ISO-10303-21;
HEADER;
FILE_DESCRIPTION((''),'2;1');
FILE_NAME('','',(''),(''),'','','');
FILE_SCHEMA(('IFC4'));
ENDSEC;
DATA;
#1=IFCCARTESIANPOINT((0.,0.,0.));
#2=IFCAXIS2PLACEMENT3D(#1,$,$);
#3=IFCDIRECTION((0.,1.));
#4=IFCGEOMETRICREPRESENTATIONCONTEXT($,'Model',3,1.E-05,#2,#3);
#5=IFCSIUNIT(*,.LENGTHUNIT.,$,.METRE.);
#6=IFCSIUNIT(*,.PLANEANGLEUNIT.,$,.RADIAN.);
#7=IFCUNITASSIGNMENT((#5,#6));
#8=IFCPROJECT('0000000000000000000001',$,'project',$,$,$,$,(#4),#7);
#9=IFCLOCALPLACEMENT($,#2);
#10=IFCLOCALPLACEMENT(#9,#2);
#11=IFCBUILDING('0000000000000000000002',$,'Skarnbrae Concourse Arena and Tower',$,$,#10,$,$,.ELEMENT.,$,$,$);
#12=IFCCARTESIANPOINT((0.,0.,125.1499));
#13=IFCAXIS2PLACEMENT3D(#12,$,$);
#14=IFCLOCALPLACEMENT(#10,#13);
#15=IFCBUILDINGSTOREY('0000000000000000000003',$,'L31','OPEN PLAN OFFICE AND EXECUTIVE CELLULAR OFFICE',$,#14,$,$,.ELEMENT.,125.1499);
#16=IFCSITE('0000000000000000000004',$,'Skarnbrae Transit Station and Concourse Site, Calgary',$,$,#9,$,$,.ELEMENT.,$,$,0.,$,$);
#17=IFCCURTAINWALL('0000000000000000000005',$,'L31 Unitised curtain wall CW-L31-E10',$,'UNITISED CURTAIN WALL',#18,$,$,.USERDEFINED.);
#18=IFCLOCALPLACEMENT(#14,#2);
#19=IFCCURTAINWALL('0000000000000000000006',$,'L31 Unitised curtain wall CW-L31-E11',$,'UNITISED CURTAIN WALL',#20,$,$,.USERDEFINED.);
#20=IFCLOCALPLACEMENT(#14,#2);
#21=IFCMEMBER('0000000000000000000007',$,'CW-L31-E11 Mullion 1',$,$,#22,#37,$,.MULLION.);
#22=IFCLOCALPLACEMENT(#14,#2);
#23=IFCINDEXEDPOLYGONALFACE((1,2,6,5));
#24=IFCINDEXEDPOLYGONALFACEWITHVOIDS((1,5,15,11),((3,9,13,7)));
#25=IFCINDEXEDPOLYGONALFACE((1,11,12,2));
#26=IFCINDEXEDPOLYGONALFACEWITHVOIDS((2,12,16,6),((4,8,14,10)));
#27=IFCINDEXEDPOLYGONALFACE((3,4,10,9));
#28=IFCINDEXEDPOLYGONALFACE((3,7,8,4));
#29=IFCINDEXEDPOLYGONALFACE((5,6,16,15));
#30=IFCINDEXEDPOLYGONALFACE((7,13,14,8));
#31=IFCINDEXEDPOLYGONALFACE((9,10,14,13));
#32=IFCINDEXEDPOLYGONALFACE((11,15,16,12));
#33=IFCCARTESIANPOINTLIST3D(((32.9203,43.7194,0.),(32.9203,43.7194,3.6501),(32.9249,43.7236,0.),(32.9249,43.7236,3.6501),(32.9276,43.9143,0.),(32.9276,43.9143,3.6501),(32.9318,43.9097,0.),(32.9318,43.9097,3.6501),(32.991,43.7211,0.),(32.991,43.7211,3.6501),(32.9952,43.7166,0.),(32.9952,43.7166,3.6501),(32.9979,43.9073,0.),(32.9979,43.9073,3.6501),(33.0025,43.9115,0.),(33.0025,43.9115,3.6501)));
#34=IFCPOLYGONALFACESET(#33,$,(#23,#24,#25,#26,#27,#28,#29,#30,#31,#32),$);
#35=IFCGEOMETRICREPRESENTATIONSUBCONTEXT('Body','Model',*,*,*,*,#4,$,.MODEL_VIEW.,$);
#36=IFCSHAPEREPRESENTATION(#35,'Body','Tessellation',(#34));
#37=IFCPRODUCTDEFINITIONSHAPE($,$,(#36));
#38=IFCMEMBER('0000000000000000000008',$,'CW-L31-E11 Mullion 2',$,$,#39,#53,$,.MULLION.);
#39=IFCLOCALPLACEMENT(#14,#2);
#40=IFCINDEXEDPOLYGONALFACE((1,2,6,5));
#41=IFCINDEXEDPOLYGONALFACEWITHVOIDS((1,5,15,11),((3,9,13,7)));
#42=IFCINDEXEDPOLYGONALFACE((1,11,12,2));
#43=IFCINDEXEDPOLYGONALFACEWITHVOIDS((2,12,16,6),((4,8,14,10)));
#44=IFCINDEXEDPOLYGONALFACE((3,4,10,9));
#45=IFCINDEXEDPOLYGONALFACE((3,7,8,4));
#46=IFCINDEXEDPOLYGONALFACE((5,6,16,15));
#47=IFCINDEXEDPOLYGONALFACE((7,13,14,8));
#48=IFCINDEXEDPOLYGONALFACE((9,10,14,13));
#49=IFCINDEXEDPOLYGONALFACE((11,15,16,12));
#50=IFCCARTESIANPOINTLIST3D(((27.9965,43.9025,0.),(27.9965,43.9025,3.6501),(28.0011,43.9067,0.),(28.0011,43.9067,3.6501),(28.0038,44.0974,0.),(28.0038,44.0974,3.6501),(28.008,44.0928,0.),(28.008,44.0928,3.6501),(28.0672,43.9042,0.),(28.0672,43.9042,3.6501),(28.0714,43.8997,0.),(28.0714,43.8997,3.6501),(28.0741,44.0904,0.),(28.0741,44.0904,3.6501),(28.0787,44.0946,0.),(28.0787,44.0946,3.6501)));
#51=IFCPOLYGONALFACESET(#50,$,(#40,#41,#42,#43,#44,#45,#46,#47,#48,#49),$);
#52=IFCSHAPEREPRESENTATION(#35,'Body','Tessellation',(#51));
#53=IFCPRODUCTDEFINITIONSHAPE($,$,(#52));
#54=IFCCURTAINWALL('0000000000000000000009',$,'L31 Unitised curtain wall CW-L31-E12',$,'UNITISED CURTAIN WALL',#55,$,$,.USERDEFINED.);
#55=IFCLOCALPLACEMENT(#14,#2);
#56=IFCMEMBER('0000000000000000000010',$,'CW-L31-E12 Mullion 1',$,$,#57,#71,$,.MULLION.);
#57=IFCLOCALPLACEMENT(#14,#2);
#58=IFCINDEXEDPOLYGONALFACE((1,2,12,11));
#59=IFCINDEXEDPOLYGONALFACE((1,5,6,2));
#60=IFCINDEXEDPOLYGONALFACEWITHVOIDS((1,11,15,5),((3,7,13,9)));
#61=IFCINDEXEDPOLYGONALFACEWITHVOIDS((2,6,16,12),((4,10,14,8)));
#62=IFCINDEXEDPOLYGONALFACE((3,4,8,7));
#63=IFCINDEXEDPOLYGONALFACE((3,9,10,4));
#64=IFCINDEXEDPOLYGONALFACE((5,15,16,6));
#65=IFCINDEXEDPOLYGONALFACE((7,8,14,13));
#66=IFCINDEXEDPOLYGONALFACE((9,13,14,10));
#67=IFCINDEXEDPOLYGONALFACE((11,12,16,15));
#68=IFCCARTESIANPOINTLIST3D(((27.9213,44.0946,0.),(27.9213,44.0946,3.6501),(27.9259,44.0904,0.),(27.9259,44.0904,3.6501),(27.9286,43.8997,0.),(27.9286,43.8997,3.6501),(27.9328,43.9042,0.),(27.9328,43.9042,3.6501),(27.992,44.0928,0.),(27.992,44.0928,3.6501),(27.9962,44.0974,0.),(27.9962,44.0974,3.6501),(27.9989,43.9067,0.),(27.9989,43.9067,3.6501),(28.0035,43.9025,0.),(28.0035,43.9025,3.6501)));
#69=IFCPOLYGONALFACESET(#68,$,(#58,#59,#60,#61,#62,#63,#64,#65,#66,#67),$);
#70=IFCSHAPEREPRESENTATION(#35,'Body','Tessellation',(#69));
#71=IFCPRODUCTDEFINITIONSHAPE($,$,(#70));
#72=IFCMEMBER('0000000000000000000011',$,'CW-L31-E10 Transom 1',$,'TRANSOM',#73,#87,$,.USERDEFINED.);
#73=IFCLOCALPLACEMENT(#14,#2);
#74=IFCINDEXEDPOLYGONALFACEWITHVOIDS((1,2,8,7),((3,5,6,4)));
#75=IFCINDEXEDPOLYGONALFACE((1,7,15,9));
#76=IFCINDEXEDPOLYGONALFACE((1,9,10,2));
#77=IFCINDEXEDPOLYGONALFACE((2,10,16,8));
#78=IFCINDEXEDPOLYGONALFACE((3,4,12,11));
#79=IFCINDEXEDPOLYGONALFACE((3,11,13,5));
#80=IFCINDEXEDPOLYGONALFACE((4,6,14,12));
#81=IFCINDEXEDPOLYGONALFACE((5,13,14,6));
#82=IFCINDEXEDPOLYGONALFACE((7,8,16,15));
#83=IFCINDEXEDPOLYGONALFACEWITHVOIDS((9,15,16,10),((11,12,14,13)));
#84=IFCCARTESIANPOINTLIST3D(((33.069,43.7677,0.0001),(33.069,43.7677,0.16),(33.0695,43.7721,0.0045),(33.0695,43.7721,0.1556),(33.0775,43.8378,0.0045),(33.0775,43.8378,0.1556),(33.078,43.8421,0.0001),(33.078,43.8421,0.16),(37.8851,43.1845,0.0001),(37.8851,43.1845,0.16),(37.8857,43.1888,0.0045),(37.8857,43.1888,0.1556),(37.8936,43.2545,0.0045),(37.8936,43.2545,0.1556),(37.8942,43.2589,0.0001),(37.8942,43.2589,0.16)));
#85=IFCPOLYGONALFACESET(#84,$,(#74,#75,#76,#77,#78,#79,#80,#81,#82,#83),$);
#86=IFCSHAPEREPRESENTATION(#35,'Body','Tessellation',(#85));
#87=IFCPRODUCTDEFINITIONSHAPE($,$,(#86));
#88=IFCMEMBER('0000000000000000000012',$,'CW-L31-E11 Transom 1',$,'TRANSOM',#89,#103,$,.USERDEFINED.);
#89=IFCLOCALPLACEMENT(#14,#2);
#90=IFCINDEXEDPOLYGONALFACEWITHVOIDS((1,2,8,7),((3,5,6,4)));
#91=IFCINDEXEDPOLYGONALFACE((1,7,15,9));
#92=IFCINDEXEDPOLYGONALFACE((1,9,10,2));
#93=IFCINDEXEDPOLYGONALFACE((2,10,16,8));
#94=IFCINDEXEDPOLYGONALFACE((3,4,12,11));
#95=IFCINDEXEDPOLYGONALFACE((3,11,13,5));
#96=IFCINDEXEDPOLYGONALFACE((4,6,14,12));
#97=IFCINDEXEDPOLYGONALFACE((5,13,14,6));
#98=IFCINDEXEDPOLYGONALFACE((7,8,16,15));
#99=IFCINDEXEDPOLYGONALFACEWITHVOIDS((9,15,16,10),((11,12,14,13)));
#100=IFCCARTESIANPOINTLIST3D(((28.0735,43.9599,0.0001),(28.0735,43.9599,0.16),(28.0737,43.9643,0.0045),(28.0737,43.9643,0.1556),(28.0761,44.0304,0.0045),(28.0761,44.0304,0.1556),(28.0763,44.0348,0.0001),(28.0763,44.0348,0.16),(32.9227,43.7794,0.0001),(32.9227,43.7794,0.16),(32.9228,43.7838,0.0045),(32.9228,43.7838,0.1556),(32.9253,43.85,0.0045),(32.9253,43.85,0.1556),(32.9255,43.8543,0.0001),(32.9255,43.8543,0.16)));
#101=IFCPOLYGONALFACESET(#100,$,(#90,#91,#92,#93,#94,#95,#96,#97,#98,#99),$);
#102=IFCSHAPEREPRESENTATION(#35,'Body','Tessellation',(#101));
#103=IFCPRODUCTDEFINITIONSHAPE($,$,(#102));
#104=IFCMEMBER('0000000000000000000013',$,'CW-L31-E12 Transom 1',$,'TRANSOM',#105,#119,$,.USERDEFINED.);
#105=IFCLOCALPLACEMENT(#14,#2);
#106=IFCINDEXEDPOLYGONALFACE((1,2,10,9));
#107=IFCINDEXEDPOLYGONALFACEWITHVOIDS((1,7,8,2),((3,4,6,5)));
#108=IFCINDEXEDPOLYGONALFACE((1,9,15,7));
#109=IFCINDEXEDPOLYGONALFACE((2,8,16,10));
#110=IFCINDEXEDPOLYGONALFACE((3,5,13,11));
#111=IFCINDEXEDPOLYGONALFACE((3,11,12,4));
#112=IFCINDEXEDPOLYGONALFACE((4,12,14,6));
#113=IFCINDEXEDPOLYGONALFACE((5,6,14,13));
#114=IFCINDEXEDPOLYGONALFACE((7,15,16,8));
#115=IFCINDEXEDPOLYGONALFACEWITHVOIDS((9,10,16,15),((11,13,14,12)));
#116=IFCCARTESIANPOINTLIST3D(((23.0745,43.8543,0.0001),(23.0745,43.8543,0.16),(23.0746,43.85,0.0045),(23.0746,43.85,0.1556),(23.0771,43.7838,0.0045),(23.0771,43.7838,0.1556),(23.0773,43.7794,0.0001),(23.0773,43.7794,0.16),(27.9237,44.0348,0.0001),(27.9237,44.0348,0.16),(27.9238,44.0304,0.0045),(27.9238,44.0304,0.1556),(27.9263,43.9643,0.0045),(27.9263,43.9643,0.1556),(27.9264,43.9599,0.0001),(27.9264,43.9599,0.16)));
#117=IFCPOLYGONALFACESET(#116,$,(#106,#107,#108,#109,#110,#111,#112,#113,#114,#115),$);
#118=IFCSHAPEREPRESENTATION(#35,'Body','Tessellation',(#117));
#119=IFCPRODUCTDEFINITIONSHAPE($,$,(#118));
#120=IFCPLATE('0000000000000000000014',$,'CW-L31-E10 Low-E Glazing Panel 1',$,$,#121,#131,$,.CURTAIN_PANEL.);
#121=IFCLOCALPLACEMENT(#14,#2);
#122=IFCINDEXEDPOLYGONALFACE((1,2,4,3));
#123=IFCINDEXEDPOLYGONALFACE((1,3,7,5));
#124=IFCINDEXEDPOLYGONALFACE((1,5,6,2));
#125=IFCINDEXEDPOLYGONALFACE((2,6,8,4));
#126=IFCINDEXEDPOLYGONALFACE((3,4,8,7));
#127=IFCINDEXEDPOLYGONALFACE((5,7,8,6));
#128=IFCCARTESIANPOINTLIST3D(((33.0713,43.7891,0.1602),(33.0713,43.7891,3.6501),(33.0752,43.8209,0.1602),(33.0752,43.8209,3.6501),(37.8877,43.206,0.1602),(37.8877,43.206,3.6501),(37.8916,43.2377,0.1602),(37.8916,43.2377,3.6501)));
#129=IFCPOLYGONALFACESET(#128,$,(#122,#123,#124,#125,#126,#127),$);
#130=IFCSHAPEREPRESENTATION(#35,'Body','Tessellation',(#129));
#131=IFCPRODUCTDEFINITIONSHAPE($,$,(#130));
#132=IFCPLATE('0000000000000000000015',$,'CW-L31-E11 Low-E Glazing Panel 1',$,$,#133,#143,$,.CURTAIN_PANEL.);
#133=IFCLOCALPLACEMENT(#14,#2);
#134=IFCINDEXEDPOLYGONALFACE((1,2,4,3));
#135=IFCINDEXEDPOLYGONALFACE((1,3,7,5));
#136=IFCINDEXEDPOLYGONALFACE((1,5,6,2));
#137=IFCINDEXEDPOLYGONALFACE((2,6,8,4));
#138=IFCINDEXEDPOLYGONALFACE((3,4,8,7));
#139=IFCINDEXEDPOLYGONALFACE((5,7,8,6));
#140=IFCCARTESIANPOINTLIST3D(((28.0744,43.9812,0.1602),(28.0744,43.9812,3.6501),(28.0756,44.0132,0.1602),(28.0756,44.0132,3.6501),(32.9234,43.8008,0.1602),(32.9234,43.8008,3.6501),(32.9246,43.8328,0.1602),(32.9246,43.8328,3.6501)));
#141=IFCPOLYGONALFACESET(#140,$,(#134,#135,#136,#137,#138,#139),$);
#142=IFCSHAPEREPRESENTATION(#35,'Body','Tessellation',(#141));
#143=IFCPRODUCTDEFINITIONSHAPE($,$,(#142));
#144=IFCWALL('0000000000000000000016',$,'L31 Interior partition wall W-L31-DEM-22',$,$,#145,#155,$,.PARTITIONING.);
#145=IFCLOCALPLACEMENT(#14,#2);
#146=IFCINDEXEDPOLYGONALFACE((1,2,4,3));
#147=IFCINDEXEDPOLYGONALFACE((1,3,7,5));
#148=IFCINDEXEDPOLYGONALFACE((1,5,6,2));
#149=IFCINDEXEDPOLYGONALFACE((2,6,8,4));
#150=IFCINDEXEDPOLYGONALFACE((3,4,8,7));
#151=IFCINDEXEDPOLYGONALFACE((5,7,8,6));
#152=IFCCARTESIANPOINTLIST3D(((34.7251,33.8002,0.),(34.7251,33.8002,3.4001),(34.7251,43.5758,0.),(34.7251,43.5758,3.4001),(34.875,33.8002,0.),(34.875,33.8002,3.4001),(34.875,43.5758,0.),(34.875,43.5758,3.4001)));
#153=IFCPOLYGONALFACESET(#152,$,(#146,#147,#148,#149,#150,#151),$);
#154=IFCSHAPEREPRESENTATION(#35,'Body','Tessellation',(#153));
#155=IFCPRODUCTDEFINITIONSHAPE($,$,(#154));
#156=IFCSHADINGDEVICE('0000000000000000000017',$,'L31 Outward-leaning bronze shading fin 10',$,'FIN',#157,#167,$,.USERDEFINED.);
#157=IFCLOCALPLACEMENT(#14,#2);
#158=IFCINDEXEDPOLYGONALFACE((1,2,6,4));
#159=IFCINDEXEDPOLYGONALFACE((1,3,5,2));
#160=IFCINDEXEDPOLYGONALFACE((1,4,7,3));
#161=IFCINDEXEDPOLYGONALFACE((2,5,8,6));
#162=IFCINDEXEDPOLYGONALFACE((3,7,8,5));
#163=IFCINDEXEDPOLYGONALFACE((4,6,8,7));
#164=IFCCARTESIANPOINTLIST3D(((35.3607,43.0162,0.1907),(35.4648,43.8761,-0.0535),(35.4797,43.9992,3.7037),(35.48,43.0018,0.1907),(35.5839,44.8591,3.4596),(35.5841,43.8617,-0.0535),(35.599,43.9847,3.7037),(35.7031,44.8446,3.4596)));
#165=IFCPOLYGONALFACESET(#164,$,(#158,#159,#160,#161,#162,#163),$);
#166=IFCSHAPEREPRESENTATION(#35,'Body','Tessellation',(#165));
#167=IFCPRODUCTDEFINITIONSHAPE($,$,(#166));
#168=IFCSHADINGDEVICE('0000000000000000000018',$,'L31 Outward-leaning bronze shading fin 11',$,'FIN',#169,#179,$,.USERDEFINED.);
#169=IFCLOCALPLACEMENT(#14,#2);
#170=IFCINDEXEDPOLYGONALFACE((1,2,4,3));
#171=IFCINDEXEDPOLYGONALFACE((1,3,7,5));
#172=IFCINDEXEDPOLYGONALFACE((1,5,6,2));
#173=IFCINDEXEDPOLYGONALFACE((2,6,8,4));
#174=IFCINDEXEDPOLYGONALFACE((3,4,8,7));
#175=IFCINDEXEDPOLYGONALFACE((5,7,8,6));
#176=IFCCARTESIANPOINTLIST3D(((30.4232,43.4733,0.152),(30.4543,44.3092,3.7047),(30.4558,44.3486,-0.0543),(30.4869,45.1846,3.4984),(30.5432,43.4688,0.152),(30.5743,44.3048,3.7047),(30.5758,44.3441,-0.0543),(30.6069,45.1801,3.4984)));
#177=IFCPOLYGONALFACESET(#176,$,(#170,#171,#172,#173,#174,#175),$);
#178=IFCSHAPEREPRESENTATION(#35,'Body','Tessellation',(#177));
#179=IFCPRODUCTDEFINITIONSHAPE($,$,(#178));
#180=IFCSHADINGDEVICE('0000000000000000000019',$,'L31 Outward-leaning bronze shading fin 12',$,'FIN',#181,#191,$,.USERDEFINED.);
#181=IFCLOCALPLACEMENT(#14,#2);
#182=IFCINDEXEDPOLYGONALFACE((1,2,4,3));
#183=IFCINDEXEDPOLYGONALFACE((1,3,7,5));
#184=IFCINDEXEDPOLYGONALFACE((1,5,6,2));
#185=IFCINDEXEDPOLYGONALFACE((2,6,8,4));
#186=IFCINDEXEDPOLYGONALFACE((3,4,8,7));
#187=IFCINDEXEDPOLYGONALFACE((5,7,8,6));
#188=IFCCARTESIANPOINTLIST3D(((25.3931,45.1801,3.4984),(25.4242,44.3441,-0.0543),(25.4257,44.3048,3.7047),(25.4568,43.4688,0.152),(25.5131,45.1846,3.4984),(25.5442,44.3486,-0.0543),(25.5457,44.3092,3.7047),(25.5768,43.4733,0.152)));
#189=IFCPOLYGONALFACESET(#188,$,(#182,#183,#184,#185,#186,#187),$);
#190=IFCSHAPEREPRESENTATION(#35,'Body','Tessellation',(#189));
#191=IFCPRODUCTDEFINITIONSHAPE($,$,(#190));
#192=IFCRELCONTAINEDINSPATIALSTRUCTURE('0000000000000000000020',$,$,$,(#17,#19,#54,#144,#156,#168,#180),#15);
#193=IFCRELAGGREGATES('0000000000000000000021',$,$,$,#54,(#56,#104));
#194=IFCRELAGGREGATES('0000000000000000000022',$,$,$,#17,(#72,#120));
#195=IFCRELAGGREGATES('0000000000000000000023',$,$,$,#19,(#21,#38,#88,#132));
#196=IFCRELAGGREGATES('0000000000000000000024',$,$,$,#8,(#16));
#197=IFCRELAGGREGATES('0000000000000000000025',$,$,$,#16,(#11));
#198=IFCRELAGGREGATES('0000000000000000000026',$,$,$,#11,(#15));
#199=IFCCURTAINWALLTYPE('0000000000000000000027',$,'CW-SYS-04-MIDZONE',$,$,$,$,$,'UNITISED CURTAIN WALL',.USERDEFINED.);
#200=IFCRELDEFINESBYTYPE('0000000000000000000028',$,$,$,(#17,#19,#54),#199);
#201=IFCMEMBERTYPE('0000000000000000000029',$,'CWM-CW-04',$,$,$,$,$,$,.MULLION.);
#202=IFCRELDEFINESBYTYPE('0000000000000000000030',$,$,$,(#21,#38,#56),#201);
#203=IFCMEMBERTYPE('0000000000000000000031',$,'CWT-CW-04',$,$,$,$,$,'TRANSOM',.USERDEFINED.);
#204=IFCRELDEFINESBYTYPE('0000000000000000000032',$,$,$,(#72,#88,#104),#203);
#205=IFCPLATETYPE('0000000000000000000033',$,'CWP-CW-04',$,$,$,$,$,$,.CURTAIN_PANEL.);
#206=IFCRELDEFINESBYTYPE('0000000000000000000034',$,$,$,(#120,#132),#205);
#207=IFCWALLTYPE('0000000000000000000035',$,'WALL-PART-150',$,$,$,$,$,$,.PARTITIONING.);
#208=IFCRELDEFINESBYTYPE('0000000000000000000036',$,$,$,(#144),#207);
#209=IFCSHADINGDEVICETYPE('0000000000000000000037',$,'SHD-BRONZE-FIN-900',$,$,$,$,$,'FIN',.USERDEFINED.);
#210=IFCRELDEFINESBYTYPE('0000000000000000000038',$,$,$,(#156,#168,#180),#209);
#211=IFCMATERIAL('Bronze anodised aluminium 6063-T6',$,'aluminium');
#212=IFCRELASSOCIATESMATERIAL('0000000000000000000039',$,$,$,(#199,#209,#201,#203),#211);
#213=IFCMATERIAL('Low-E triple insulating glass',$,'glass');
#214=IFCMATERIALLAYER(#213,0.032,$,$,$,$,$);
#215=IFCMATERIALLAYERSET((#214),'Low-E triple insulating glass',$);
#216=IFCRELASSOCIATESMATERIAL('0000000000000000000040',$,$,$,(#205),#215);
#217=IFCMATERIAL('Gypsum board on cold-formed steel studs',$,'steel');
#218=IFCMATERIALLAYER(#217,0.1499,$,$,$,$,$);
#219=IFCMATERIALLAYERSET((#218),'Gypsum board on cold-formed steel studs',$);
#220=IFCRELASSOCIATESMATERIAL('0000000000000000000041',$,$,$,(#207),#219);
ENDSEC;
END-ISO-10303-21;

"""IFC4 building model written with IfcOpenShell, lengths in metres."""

from ifc_helpers import new_model, si_unit, direction, frame, frame_2d, origin, origin_2d, place, context, subcontext, project, spatial, rectangle, hollow_rectangle, extrude, source, transform, mapped, material, layer, layer_set, material_profile, profile_set, type_object, element, aggregate, save


model = new_model("IFC4")

# Units and contexts
model_context = context("Model", 3, precision=1e-05, world=origin(), true_north=direction((0.0, 1.0)))
body_context = subcontext(model_context, "Body", "Model", "MODEL_VIEW")
ifc_project = project(units=[si_unit("LENGTHUNIT", "METRE"), si_unit("PLANEANGLEUNIT", "RADIAN")], contexts=[model_context])

# Site, building, storey
site_placement = place(None, origin())
site = spatial("IfcSite", under=ifc_project, at=site_placement, Name="Skarnbrae Transit Station and Concourse Site, Calgary", CompositionType="ELEMENT", RefElevation=0.0)
building_placement = place(site_placement, origin())
building = spatial("IfcBuilding", under=site, at=building_placement, Name="Skarnbrae Concourse Arena and Tower", CompositionType="ELEMENT")
storey_placement = place(building_placement, frame((0.0, 0.0, 125.1499)))
storey = spatial("IfcBuildingStorey", under=building, at=storey_placement, Name="L31", Description="OPEN PLAN OFFICE AND EXECUTIVE CELLULAR OFFICE", CompositionType="ELEMENT", Elevation=125.1499)

# Curtain walls, members
ifc_material_1 = material(Name="Bronze anodised aluminium 6063-T6", Category="aluminium")
curtain_wall_type = type_object("IfcCurtainWallType", Name="CW-SYS-04-MIDZONE", ElementType="UNITISED CURTAIN WALL", PredefinedType="USERDEFINED", material=ifc_material_1)
curtain_wall_1_placement = place(storey_placement, origin())
curtain_wall_1 = element("IfcCurtainWall", 1, at=curtain_wall_1_placement, inside=storey, type_object=curtain_wall_type, Name="L31 Unitised curtain wall CW-L31-E10", ObjectType="UNITISED CURTAIN WALL", PredefinedType="USERDEFINED")
ifc_material_profile_1 = material_profile(ifc_material_1, hollow_rectangle(XDim=0.075, YDim=0.1951, WallThickness=0.0044, at=origin_2d()), Name="ALU-MULL-75X195")
ifc_profile_set_1 = profile_set([ifc_material_profile_1], Name="Bronze anodised aluminium 6063-T6")
member_type_1 = type_object("IfcMemberType", Name="CWM-CW-04", PredefinedType="MULLION", material=ifc_profile_set_1)
shared_shape_1 = source(origin(), body_context, "Body", "SweptSolid", [
    extrude(hollow_rectangle(XDim=0.075, YDim=0.1951, WallThickness=0.0044, at=origin_2d()), origin(), (0.0, 0.0, 1.0), 3.6501),
])
curtain_wall_2_placement = place(storey_placement, origin())
curtain_wall_2 = element("IfcCurtainWall", 2, at=curtain_wall_2_placement, inside=storey, type_object=curtain_wall_type, Name="L31 Unitised curtain wall CW-L31-E11", ObjectType="UNITISED CURTAIN WALL", PredefinedType="USERDEFINED")
member_1_placement = place(storey_placement, frame((32.9614, 43.8154, 0.0), z_axis=(0.0, 0.0, 1.0), x_axis=(-0.999308, 0.037183, 0.0)))
member_1 = element("IfcMember", 3, at=member_1_placement, type_object=member_type_1, Name="CW-L31-E11 Mullion 1", PredefinedType="MULLION", context=body_context, shape_type="MappedRepresentation", body=[
    mapped(shared_shape_1, transform((0.0, 0.0, 0.0))),
])
member_2_placement = place(storey_placement, frame((28.0376, 43.9985, 0.0), z_axis=(0.0, 0.0, 1.0), x_axis=(-0.999308, 0.037183, 0.0)))
member_2 = element("IfcMember", 4, at=member_2_placement, type_object=member_type_1, Name="CW-L31-E11 Mullion 2", PredefinedType="MULLION", context=body_context, shape_type="MappedRepresentation", body=[
    mapped(shared_shape_1, transform((0.0, 0.0, 0.0))),
])

# Curtain wall, member
curtain_wall_3_placement = place(storey_placement, origin())
curtain_wall_3 = element("IfcCurtainWall", 5, at=curtain_wall_3_placement, inside=storey, type_object=curtain_wall_type, Name="L31 Unitised curtain wall CW-L31-E12", ObjectType="UNITISED CURTAIN WALL", PredefinedType="USERDEFINED")
member_3_placement = place(storey_placement, frame((27.9624, 43.9985, 0.0), z_axis=(0.0, 0.0, 1.0), x_axis=(-0.999308, -0.037183, 0.0)))
member_3 = element("IfcMember", 6, at=member_3_placement, type_object=member_type_1, Name="CW-L31-E12 Mullion 1", PredefinedType="MULLION", context=body_context, shape_type="MappedRepresentation", body=[
    mapped(shared_shape_1, transform((0.0, 0.0, 0.0))),
])

# Members
ifc_material_profile_2 = material_profile(ifc_material_1, hollow_rectangle(XDim=0.075, YDim=0.1599, WallThickness=0.0044, at=origin_2d()), Name="ALU-TRAN-75X160")
ifc_profile_set_2 = profile_set([ifc_material_profile_2], Name="Bronze anodised aluminium 6063-T6")
member_type_2 = type_object("IfcMemberType", Name="CWT-CW-04", ElementType="TRANSOM", PredefinedType="USERDEFINED", material=ifc_profile_set_2)
shared_shape_2 = source(origin(), body_context, "Body", "SweptSolid", [
    extrude(hollow_rectangle(XDim=0.075, YDim=0.1599, WallThickness=0.0044, at=origin_2d()), origin(), (0.0, 0.0, 1.0), 4.8513),
])
member_4_placement = place(storey_placement, frame((37.8896, 43.2217, 0.0801), z_axis=(-0.992747, 0.120225, 0.0), x_axis=(-0.120225, -0.992747, 0.0)))
member_4 = element("IfcMember", 7, at=member_4_placement, type_object=member_type_2, Name="CW-L31-E10 Transom 1", ObjectType="TRANSOM", PredefinedType="USERDEFINED", context=body_context, shape_type="MappedRepresentation", body=[
    mapped(shared_shape_2, transform((0.0, 0.0, 0.0))),
])
shared_shape_3 = source(origin(), body_context, "Body", "SweptSolid", [
    extrude(hollow_rectangle(XDim=0.075, YDim=0.1599, WallThickness=0.0044, at=origin_2d()), origin(), (0.0, 0.0, 1.0), 4.8525),
])
member_5_placement = place(storey_placement, frame((32.9241, 43.8169, 0.0801), z_axis=(-0.999309, 0.037181, 0.0), x_axis=(-0.037181, -0.999309, 0.0)))
member_5 = element("IfcMember", 8, at=member_5_placement, type_object=member_type_2, Name="CW-L31-E11 Transom 1", ObjectType="TRANSOM", PredefinedType="USERDEFINED", context=body_context, shape_type="MappedRepresentation", body=[
    mapped(shared_shape_3, transform((0.0, 0.0, 0.0))),
])
member_6_placement = place(storey_placement, frame((27.925, 43.9973, 0.0801), z_axis=(-0.999309, -0.037181, 0.0), x_axis=(0.037181, -0.999309, 0.0)))
member_6 = element("IfcMember", 9, at=member_6_placement, type_object=member_type_2, Name="CW-L31-E12 Transom 1", ObjectType="TRANSOM", PredefinedType="USERDEFINED", context=body_context, shape_type="MappedRepresentation", body=[
    mapped(shared_shape_3, transform((0.0, 0.0, 0.0))),
])
aggregate(curtain_wall_3, [member_3, member_6])

# Plates
ifc_material_2 = material(Name="Low-E triple insulating glass", Category="glass")
ifc_layer_1 = layer(ifc_material_2, 0.032)
ifc_layer_set_1 = layer_set([ifc_layer_1], Name="Low-E triple insulating glass")
plate_type = type_object("IfcPlateType", Name="CWP-CW-04", PredefinedType="CURTAIN_PANEL", material=ifc_layer_set_1)
shared_shape_4 = source(origin(), body_context, "Body", "SweptSolid", [
    extrude(rectangle(XDim=4.8516, YDim=0.032, at=origin_2d()), origin(), (0.0, 0.0, 1.0), 3.49),
])
plate_1_placement = place(storey_placement, frame((35.4814, 43.5134, 0.1602), z_axis=(0.0, 0.0, 1.0), x_axis=(-0.992749, 0.120203, 0.0)))
plate_1 = element("IfcPlate", 10, at=plate_1_placement, type_object=plate_type, Name="CW-L31-E10 Low-E Glazing Panel 1", PredefinedType="CURTAIN_PANEL", context=body_context, shape_type="MappedRepresentation", body=[
    mapped(shared_shape_4, transform((0.0, 0.0, 0.0))),
])
aggregate(curtain_wall_1, [member_4, plate_1])
shared_shape_5 = source(origin(), body_context, "Body", "SweptSolid", [
    extrude(rectangle(XDim=4.8523, YDim=0.032, at=origin_2d()), origin(), (0.0, 0.0, 1.0), 3.49),
])
plate_2_placement = place(storey_placement, frame((30.4995, 43.907, 0.1602), z_axis=(0.0, 0.0, 1.0), x_axis=(-0.999308, 0.037183, 0.0)))
plate_2 = element("IfcPlate", 11, at=plate_2_placement, type_object=plate_type, Name="CW-L31-E11 Low-E Glazing Panel 1", PredefinedType="CURTAIN_PANEL", context=body_context, shape_type="MappedRepresentation", body=[
    mapped(shared_shape_5, transform((0.0, 0.0, 0.0))),
])
aggregate(curtain_wall_2, [member_1, member_2, member_5, plate_2])

# Wall
ifc_material_3 = material(Name="Gypsum board on cold-formed steel studs", Category="steel")
ifc_layer_2 = layer(ifc_material_3, 0.1499)
ifc_layer_set_2 = layer_set([ifc_layer_2], Name="Gypsum board on cold-formed steel studs")
wall_type = type_object("IfcWallType", Name="WALL-PART-150", PredefinedType="PARTITIONING", material=ifc_layer_set_2)
shared_shape_6 = source(origin(), body_context, "Body", "SweptSolid", [
    extrude(rectangle(XDim=9.7756, YDim=0.1499, at=frame_2d((4.8877, 0.0))), origin(), (0.0, 0.0, 1.0), 3.4001),
])
wall_placement = place(storey_placement, frame((34.8, 43.5757, 0.0), z_axis=(0.0, 0.0, 1.0), x_axis=(0.0, -1.0, 0.0)))
element("IfcWall", 12, at=wall_placement, inside=storey, type_object=wall_type, Name="L31 Interior partition wall W-L31-DEM-22", PredefinedType="PARTITIONING", context=body_context, shape_type="MappedRepresentation", body=[
    mapped(shared_shape_6, transform((0.0, 0.0, 0.0))),
])

# Shading devices
shading_device_type = type_object("IfcShadingDeviceType", Name="SHD-BRONZE-FIN-900", ElementType="FIN", PredefinedType="USERDEFINED", material=ifc_material_1)
shared_shape_7 = source(origin(), body_context, "Body", "SweptSolid", [
    extrude(rectangle(XDim=0.1201, YDim=0.8999, at=origin_2d()), origin(), (0.0, 0.0, 1.0), 3.6499),
])
for number, where, z_axis, x_axis, name in (
    (13, (35.4724, 43.439, 0.0686), (0.032609, 0.269305, 0.962503), (0.992749, -0.120206, 0.0), "L31 Outward-leaning bronze shading fin 10"),
    (14, (30.4995, 43.9087, 0.0488), (0.008523, 0.229042, 0.973379), (0.999308, -0.037184, 0.0), "L31 Outward-leaning bronze shading fin 11"),
    (15, (25.5005, 43.9087, 0.0488), (-0.008523, 0.229042, 0.973379), (0.999308, 0.037184, 0.0), "L31 Outward-leaning bronze shading fin 12"),
):
    element("IfcShadingDevice", number, at=place(storey_placement, frame(where, z_axis=z_axis, x_axis=x_axis)), inside=storey, type_object=shading_device_type, Name=name, ObjectType="FIN", PredefinedType="USERDEFINED", context=body_context, shape_type="MappedRepresentation", body=[
        mapped(shared_shape_7, transform((0.0, 0.0, 0.0))),
    ])

save(model, "model.ifc")
